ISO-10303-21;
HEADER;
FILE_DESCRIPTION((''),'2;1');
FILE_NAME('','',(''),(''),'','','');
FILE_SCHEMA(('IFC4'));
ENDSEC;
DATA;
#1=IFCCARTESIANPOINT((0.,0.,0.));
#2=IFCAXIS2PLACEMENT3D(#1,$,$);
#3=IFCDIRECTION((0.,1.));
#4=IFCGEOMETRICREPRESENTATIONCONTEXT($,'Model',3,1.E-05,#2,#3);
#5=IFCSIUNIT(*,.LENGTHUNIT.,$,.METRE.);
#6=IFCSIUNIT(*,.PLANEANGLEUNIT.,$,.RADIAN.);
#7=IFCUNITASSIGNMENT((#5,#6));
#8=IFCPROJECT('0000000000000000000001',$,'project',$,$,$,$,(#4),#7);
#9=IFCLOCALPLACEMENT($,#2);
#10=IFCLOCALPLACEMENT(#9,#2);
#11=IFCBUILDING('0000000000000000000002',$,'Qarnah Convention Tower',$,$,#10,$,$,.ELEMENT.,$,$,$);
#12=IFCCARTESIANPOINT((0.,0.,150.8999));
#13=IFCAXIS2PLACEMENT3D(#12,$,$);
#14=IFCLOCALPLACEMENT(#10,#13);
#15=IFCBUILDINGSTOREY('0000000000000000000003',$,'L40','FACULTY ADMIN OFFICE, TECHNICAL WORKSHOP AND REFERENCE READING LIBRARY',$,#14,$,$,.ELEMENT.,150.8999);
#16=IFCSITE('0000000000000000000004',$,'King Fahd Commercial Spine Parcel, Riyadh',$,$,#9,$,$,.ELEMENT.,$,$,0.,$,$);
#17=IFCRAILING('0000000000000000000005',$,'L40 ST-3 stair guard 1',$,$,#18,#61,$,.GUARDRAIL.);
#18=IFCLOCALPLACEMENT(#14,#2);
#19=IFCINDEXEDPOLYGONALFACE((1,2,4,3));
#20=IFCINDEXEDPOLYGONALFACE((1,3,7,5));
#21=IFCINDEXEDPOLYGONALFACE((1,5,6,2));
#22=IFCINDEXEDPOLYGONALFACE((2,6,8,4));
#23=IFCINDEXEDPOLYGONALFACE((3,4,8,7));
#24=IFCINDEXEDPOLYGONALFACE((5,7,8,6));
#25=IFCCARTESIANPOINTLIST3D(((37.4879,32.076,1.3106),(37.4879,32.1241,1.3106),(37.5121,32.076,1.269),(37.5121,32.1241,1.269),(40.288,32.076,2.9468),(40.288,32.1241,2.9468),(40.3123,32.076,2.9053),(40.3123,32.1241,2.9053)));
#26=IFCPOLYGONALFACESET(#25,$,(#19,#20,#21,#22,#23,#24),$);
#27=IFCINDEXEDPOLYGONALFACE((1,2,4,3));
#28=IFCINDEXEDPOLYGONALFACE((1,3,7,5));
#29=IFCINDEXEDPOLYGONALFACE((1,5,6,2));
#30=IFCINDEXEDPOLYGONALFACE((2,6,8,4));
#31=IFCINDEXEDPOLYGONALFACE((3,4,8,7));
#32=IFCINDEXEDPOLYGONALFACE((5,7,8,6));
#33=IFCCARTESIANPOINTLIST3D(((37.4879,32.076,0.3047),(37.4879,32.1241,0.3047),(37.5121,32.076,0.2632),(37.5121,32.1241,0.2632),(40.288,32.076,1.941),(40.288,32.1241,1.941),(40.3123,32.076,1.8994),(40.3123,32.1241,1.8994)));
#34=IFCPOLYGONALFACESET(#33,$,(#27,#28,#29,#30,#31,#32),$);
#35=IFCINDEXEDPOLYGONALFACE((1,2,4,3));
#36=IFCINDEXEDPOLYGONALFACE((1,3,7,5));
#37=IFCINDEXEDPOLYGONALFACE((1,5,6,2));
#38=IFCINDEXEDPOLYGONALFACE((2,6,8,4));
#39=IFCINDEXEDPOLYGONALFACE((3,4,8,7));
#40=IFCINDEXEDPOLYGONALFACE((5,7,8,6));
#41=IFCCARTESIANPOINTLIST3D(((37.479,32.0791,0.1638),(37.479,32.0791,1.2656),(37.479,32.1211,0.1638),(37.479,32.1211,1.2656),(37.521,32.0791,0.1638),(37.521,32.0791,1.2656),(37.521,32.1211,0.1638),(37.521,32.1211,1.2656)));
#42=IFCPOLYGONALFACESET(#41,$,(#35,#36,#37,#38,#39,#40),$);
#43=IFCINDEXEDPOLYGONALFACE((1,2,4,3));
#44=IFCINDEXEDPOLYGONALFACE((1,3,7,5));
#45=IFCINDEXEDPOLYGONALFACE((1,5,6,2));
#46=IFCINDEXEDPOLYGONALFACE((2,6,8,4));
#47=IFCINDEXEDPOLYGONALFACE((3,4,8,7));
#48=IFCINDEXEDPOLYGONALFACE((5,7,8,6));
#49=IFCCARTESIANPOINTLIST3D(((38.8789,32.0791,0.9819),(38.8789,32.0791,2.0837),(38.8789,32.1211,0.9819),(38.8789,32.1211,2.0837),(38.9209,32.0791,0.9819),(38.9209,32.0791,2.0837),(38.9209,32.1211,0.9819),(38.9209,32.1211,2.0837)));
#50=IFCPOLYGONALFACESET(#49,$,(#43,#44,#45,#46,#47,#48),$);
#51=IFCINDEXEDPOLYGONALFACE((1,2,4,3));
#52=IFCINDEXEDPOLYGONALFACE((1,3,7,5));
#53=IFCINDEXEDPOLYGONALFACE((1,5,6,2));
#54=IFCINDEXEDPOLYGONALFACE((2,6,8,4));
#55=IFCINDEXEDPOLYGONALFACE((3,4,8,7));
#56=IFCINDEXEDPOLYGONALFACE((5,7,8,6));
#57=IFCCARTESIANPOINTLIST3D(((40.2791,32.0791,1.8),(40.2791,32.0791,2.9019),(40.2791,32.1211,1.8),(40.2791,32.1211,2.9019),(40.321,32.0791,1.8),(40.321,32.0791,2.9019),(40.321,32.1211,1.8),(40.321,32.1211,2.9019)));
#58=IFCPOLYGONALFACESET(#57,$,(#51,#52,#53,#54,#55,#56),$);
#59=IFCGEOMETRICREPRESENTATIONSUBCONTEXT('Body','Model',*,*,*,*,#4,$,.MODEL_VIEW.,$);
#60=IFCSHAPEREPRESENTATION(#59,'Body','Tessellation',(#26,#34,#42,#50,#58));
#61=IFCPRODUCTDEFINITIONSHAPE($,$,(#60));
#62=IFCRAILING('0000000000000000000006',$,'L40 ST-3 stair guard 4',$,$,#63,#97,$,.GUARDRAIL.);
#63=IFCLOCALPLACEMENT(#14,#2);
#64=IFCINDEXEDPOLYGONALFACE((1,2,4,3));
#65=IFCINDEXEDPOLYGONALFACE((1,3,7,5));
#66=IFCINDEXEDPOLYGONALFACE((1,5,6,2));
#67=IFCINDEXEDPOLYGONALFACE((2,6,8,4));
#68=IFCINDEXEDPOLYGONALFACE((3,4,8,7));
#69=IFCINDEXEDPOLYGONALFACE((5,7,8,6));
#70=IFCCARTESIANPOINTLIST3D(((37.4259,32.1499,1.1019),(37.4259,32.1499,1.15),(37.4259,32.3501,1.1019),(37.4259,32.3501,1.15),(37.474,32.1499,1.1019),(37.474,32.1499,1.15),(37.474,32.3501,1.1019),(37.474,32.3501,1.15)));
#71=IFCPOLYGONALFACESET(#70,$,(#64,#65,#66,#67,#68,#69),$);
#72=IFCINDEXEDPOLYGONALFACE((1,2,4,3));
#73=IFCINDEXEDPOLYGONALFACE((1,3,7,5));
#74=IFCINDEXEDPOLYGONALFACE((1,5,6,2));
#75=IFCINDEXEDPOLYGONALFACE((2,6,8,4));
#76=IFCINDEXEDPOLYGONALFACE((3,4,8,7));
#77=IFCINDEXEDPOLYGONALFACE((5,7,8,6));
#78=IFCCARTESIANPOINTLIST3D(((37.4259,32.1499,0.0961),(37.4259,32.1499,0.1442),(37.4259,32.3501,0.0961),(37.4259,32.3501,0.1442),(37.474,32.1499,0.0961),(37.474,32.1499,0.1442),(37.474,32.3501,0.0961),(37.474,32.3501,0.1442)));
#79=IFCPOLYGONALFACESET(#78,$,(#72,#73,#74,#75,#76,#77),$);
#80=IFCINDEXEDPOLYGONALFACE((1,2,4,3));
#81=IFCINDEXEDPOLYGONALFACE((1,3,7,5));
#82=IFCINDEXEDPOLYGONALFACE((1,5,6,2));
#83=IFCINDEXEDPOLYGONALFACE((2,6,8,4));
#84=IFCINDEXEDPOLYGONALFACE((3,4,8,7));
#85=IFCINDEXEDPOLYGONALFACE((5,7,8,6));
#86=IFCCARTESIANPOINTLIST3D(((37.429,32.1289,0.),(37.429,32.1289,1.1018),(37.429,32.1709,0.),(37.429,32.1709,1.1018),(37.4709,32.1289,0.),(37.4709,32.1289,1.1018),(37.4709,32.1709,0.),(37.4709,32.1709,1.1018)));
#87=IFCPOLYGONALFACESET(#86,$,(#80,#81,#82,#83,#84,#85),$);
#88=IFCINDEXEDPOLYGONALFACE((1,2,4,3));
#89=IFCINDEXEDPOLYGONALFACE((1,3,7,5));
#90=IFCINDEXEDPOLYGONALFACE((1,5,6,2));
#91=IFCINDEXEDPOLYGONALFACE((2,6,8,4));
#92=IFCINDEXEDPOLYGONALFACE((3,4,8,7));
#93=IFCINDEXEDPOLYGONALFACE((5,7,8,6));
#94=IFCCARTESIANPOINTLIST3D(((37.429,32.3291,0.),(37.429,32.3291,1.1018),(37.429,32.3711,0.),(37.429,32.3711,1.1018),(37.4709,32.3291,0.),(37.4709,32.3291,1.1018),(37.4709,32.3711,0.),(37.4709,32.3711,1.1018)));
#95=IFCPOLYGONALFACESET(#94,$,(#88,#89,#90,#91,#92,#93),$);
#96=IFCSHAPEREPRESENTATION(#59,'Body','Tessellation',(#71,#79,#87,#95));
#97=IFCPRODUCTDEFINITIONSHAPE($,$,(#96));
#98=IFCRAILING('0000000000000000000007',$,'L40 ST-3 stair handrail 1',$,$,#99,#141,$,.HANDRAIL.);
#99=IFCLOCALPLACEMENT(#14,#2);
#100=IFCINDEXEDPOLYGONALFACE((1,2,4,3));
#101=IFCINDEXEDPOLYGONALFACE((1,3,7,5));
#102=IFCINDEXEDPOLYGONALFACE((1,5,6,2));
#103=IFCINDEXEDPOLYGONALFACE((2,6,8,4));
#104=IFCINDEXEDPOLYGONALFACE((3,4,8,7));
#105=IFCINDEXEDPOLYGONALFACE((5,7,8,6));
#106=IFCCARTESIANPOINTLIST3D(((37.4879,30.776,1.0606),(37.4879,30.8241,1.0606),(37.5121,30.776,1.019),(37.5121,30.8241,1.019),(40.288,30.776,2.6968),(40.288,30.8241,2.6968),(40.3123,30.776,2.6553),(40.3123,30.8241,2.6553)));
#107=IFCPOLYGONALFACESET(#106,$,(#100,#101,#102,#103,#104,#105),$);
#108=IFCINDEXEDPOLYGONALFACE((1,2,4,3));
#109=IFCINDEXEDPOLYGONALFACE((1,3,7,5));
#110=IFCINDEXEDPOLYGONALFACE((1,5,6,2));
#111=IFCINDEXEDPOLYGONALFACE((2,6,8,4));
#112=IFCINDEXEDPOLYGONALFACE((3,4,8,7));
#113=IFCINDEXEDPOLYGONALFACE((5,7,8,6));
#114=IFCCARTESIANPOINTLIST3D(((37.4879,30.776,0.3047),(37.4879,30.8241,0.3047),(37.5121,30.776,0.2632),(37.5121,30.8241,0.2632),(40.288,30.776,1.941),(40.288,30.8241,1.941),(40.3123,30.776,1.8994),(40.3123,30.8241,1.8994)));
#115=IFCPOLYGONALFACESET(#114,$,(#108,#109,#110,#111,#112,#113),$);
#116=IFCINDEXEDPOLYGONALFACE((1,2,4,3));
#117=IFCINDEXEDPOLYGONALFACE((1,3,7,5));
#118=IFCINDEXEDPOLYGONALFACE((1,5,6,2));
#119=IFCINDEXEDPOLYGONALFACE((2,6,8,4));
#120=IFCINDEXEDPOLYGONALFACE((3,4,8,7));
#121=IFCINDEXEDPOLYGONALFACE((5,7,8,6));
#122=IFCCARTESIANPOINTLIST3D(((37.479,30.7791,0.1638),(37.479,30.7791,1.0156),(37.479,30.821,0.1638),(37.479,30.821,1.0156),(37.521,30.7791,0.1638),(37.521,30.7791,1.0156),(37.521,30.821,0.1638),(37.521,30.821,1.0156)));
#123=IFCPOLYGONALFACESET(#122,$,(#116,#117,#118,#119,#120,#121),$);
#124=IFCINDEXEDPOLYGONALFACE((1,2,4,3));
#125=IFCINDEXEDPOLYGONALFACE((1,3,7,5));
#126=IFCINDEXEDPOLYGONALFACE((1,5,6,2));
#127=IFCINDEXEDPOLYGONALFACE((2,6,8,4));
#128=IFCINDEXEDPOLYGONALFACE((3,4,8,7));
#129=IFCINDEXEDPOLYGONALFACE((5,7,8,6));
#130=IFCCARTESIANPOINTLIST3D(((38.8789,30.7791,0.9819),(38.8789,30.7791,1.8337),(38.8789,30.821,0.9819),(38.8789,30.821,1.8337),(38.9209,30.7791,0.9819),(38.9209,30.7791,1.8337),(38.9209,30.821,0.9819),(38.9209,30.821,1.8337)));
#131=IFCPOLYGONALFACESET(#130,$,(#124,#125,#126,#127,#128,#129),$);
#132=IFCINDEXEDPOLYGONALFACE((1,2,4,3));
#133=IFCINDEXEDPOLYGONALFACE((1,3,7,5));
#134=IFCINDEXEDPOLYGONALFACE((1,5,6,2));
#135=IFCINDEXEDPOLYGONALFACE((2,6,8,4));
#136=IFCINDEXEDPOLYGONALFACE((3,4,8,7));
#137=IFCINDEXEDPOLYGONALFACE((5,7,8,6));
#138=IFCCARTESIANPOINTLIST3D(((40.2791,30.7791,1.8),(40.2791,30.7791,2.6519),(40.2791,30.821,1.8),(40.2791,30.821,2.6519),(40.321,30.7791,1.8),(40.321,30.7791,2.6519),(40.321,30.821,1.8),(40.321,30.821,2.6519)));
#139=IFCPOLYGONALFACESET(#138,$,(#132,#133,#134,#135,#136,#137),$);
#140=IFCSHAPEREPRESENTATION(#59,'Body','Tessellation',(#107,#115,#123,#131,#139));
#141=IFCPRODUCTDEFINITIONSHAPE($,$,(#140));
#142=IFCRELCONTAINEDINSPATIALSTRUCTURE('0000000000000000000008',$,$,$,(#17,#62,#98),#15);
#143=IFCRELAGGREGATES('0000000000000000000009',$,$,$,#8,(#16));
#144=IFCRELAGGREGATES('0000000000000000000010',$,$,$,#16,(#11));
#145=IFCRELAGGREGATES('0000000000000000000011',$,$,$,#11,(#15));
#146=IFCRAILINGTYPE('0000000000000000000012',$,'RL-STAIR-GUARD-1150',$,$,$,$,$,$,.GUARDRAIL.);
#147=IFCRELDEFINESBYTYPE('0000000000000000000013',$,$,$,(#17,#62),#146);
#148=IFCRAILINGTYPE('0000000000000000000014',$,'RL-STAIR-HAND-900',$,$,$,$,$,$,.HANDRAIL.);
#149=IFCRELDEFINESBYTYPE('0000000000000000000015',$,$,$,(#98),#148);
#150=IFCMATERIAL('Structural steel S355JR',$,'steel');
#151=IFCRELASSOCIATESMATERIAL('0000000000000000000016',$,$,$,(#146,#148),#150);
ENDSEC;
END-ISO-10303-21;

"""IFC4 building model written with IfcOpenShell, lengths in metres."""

from ifc_helpers import new_model, si_unit, direction, frame, origin, origin_2d, place, context, subcontext, project, spatial, rectangle, extrude, material, type_object, element, save


model = new_model("IFC4")

# Units and contexts
model_context = context("Model", 3, precision=1e-05, world=origin(), true_north=direction((0.0, 1.0)))
body_context = subcontext(model_context, "Body", "Model", "MODEL_VIEW")
ifc_project = project(units=[si_unit("LENGTHUNIT", "METRE"), si_unit("PLANEANGLEUNIT", "RADIAN")], contexts=[model_context])

# Site, building, storey
site_placement = place(None, origin())
site = spatial("IfcSite", under=ifc_project, at=site_placement, Name="King Fahd Commercial Spine Parcel, Riyadh", CompositionType="ELEMENT", RefElevation=0.0)
building_placement = place(site_placement, origin())
building = spatial("IfcBuilding", under=site, at=building_placement, Name="Qarnah Convention Tower", CompositionType="ELEMENT")
storey_placement = place(building_placement, frame((0.0, 0.0, 150.8999)))
storey = spatial("IfcBuildingStorey", under=building, at=storey_placement, Name="L40", Description="FACULTY ADMIN OFFICE, TECHNICAL WORKSHOP AND REFERENCE READING LIBRARY", CompositionType="ELEMENT", Elevation=150.8999)

# Shared definitions
ifc_material_1 = material(Name="Structural steel S355JR", Category="steel")

# Railings
railing_type_1 = type_object("IfcRailingType", Name="RL-STAIR-GUARD-1150", PredefinedType="GUARDRAIL", material=ifc_material_1)
railing_1_placement = place(storey_placement, frame((37.5, 32.1001, 0.1638)))
element("IfcRailing", 1, at=railing_1_placement, inside=storey, type_object=railing_type_1, Name="L40 ST-3 stair guard 1", PredefinedType="GUARDRAIL", context=body_context, shape_type="SweptSolid", body=[
    extrude(rectangle(XDim=0.0481, YDim=0.0481, at=origin_2d()), frame((0.0, 0.0, 1.126), z_axis=(0.863394, 0.0, 0.504531), x_axis=(0.0, 1.0, 0.0)), (0.0, 0.0, 1.0), 3.2432),
    extrude(rectangle(XDim=0.0481, YDim=0.0481, at=origin_2d()), frame((0.0, 0.0, 0.1201), z_axis=(0.863394, 0.0, 0.504531), x_axis=(0.0, 1.0, 0.0)), (0.0, 0.0, 1.0), 3.2432),
    extrude(rectangle(XDim=0.042, YDim=0.042, at=origin_2d()), origin(), (0.0, 0.0, 1.0), 1.1018),
    extrude(rectangle(XDim=0.042, YDim=0.042, at=origin_2d()), frame((1.3999, 0.0, 0.8181)), (0.0, 0.0, 1.0), 1.1018),
    extrude(rectangle(XDim=0.042, YDim=0.042, at=origin_2d()), frame((2.8, 0.0, 1.6362)), (0.0, 0.0, 1.0), 1.1018),
])
railing_2_placement = place(storey_placement, frame((37.45, 32.1499, 0.0)))
element("IfcRailing", 2, at=railing_2_placement, inside=storey, type_object=railing_type_1, Name="L40 ST-3 stair guard 4", PredefinedType="GUARDRAIL", context=body_context, shape_type="SweptSolid", body=[
    extrude(rectangle(XDim=0.0481, YDim=0.0481, at=origin_2d()), frame((0.0, 0.0, 1.126), z_axis=(0.0, 1.0, 0.0), x_axis=(-1.0, 0.0, 0.0)), (0.0, 0.0, 1.0), 0.2002),
    extrude(rectangle(XDim=0.0481, YDim=0.0481, at=origin_2d()), frame((0.0, 0.0, 0.1201), z_axis=(0.0, 1.0, 0.0), x_axis=(-1.0, 0.0, 0.0)), (0.0, 0.0, 1.0), 0.2002),
    extrude(rectangle(XDim=0.042, YDim=0.042, at=origin_2d()), origin(), (0.0, 0.0, 1.0), 1.1018),
    extrude(rectangle(XDim=0.042, YDim=0.042, at=origin_2d()), frame((0.0, 0.2002, 0.0)), (0.0, 0.0, 1.0), 1.1018),
])
railing_type_2 = type_object("IfcRailingType", Name="RL-STAIR-HAND-900", PredefinedType="HANDRAIL", material=ifc_material_1)
railing_3_placement = place(storey_placement, frame((37.5, 30.8, 0.1638)))
element("IfcRailing", 3, at=railing_3_placement, inside=storey, type_object=railing_type_2, Name="L40 ST-3 stair handrail 1", PredefinedType="HANDRAIL", context=body_context, shape_type="SweptSolid", body=[
    extrude(rectangle(XDim=0.0481, YDim=0.0481, at=origin_2d()), frame((0.0, 0.0, 0.876), z_axis=(0.863394, 0.0, 0.504531), x_axis=(0.0, 1.0, 0.0)), (0.0, 0.0, 1.0), 3.2432),
    extrude(rectangle(XDim=0.0481, YDim=0.0481, at=origin_2d()), frame((0.0, 0.0, 0.1201), z_axis=(0.863394, 0.0, 0.504531), x_axis=(0.0, 1.0, 0.0)), (0.0, 0.0, 1.0), 3.2432),
    extrude(rectangle(XDim=0.042, YDim=0.042, at=origin_2d()), origin(), (0.0, 0.0, 1.0), 0.8518),
    extrude(rectangle(XDim=0.042, YDim=0.042, at=origin_2d()), frame((1.3999, 0.0, 0.8181)), (0.0, 0.0, 1.0), 0.8518),
    extrude(rectangle(XDim=0.042, YDim=0.042, at=origin_2d()), frame((2.8, 0.0, 1.6362)), (0.0, 0.0, 1.0), 0.8518),
])

save(model, "model.ifc")
